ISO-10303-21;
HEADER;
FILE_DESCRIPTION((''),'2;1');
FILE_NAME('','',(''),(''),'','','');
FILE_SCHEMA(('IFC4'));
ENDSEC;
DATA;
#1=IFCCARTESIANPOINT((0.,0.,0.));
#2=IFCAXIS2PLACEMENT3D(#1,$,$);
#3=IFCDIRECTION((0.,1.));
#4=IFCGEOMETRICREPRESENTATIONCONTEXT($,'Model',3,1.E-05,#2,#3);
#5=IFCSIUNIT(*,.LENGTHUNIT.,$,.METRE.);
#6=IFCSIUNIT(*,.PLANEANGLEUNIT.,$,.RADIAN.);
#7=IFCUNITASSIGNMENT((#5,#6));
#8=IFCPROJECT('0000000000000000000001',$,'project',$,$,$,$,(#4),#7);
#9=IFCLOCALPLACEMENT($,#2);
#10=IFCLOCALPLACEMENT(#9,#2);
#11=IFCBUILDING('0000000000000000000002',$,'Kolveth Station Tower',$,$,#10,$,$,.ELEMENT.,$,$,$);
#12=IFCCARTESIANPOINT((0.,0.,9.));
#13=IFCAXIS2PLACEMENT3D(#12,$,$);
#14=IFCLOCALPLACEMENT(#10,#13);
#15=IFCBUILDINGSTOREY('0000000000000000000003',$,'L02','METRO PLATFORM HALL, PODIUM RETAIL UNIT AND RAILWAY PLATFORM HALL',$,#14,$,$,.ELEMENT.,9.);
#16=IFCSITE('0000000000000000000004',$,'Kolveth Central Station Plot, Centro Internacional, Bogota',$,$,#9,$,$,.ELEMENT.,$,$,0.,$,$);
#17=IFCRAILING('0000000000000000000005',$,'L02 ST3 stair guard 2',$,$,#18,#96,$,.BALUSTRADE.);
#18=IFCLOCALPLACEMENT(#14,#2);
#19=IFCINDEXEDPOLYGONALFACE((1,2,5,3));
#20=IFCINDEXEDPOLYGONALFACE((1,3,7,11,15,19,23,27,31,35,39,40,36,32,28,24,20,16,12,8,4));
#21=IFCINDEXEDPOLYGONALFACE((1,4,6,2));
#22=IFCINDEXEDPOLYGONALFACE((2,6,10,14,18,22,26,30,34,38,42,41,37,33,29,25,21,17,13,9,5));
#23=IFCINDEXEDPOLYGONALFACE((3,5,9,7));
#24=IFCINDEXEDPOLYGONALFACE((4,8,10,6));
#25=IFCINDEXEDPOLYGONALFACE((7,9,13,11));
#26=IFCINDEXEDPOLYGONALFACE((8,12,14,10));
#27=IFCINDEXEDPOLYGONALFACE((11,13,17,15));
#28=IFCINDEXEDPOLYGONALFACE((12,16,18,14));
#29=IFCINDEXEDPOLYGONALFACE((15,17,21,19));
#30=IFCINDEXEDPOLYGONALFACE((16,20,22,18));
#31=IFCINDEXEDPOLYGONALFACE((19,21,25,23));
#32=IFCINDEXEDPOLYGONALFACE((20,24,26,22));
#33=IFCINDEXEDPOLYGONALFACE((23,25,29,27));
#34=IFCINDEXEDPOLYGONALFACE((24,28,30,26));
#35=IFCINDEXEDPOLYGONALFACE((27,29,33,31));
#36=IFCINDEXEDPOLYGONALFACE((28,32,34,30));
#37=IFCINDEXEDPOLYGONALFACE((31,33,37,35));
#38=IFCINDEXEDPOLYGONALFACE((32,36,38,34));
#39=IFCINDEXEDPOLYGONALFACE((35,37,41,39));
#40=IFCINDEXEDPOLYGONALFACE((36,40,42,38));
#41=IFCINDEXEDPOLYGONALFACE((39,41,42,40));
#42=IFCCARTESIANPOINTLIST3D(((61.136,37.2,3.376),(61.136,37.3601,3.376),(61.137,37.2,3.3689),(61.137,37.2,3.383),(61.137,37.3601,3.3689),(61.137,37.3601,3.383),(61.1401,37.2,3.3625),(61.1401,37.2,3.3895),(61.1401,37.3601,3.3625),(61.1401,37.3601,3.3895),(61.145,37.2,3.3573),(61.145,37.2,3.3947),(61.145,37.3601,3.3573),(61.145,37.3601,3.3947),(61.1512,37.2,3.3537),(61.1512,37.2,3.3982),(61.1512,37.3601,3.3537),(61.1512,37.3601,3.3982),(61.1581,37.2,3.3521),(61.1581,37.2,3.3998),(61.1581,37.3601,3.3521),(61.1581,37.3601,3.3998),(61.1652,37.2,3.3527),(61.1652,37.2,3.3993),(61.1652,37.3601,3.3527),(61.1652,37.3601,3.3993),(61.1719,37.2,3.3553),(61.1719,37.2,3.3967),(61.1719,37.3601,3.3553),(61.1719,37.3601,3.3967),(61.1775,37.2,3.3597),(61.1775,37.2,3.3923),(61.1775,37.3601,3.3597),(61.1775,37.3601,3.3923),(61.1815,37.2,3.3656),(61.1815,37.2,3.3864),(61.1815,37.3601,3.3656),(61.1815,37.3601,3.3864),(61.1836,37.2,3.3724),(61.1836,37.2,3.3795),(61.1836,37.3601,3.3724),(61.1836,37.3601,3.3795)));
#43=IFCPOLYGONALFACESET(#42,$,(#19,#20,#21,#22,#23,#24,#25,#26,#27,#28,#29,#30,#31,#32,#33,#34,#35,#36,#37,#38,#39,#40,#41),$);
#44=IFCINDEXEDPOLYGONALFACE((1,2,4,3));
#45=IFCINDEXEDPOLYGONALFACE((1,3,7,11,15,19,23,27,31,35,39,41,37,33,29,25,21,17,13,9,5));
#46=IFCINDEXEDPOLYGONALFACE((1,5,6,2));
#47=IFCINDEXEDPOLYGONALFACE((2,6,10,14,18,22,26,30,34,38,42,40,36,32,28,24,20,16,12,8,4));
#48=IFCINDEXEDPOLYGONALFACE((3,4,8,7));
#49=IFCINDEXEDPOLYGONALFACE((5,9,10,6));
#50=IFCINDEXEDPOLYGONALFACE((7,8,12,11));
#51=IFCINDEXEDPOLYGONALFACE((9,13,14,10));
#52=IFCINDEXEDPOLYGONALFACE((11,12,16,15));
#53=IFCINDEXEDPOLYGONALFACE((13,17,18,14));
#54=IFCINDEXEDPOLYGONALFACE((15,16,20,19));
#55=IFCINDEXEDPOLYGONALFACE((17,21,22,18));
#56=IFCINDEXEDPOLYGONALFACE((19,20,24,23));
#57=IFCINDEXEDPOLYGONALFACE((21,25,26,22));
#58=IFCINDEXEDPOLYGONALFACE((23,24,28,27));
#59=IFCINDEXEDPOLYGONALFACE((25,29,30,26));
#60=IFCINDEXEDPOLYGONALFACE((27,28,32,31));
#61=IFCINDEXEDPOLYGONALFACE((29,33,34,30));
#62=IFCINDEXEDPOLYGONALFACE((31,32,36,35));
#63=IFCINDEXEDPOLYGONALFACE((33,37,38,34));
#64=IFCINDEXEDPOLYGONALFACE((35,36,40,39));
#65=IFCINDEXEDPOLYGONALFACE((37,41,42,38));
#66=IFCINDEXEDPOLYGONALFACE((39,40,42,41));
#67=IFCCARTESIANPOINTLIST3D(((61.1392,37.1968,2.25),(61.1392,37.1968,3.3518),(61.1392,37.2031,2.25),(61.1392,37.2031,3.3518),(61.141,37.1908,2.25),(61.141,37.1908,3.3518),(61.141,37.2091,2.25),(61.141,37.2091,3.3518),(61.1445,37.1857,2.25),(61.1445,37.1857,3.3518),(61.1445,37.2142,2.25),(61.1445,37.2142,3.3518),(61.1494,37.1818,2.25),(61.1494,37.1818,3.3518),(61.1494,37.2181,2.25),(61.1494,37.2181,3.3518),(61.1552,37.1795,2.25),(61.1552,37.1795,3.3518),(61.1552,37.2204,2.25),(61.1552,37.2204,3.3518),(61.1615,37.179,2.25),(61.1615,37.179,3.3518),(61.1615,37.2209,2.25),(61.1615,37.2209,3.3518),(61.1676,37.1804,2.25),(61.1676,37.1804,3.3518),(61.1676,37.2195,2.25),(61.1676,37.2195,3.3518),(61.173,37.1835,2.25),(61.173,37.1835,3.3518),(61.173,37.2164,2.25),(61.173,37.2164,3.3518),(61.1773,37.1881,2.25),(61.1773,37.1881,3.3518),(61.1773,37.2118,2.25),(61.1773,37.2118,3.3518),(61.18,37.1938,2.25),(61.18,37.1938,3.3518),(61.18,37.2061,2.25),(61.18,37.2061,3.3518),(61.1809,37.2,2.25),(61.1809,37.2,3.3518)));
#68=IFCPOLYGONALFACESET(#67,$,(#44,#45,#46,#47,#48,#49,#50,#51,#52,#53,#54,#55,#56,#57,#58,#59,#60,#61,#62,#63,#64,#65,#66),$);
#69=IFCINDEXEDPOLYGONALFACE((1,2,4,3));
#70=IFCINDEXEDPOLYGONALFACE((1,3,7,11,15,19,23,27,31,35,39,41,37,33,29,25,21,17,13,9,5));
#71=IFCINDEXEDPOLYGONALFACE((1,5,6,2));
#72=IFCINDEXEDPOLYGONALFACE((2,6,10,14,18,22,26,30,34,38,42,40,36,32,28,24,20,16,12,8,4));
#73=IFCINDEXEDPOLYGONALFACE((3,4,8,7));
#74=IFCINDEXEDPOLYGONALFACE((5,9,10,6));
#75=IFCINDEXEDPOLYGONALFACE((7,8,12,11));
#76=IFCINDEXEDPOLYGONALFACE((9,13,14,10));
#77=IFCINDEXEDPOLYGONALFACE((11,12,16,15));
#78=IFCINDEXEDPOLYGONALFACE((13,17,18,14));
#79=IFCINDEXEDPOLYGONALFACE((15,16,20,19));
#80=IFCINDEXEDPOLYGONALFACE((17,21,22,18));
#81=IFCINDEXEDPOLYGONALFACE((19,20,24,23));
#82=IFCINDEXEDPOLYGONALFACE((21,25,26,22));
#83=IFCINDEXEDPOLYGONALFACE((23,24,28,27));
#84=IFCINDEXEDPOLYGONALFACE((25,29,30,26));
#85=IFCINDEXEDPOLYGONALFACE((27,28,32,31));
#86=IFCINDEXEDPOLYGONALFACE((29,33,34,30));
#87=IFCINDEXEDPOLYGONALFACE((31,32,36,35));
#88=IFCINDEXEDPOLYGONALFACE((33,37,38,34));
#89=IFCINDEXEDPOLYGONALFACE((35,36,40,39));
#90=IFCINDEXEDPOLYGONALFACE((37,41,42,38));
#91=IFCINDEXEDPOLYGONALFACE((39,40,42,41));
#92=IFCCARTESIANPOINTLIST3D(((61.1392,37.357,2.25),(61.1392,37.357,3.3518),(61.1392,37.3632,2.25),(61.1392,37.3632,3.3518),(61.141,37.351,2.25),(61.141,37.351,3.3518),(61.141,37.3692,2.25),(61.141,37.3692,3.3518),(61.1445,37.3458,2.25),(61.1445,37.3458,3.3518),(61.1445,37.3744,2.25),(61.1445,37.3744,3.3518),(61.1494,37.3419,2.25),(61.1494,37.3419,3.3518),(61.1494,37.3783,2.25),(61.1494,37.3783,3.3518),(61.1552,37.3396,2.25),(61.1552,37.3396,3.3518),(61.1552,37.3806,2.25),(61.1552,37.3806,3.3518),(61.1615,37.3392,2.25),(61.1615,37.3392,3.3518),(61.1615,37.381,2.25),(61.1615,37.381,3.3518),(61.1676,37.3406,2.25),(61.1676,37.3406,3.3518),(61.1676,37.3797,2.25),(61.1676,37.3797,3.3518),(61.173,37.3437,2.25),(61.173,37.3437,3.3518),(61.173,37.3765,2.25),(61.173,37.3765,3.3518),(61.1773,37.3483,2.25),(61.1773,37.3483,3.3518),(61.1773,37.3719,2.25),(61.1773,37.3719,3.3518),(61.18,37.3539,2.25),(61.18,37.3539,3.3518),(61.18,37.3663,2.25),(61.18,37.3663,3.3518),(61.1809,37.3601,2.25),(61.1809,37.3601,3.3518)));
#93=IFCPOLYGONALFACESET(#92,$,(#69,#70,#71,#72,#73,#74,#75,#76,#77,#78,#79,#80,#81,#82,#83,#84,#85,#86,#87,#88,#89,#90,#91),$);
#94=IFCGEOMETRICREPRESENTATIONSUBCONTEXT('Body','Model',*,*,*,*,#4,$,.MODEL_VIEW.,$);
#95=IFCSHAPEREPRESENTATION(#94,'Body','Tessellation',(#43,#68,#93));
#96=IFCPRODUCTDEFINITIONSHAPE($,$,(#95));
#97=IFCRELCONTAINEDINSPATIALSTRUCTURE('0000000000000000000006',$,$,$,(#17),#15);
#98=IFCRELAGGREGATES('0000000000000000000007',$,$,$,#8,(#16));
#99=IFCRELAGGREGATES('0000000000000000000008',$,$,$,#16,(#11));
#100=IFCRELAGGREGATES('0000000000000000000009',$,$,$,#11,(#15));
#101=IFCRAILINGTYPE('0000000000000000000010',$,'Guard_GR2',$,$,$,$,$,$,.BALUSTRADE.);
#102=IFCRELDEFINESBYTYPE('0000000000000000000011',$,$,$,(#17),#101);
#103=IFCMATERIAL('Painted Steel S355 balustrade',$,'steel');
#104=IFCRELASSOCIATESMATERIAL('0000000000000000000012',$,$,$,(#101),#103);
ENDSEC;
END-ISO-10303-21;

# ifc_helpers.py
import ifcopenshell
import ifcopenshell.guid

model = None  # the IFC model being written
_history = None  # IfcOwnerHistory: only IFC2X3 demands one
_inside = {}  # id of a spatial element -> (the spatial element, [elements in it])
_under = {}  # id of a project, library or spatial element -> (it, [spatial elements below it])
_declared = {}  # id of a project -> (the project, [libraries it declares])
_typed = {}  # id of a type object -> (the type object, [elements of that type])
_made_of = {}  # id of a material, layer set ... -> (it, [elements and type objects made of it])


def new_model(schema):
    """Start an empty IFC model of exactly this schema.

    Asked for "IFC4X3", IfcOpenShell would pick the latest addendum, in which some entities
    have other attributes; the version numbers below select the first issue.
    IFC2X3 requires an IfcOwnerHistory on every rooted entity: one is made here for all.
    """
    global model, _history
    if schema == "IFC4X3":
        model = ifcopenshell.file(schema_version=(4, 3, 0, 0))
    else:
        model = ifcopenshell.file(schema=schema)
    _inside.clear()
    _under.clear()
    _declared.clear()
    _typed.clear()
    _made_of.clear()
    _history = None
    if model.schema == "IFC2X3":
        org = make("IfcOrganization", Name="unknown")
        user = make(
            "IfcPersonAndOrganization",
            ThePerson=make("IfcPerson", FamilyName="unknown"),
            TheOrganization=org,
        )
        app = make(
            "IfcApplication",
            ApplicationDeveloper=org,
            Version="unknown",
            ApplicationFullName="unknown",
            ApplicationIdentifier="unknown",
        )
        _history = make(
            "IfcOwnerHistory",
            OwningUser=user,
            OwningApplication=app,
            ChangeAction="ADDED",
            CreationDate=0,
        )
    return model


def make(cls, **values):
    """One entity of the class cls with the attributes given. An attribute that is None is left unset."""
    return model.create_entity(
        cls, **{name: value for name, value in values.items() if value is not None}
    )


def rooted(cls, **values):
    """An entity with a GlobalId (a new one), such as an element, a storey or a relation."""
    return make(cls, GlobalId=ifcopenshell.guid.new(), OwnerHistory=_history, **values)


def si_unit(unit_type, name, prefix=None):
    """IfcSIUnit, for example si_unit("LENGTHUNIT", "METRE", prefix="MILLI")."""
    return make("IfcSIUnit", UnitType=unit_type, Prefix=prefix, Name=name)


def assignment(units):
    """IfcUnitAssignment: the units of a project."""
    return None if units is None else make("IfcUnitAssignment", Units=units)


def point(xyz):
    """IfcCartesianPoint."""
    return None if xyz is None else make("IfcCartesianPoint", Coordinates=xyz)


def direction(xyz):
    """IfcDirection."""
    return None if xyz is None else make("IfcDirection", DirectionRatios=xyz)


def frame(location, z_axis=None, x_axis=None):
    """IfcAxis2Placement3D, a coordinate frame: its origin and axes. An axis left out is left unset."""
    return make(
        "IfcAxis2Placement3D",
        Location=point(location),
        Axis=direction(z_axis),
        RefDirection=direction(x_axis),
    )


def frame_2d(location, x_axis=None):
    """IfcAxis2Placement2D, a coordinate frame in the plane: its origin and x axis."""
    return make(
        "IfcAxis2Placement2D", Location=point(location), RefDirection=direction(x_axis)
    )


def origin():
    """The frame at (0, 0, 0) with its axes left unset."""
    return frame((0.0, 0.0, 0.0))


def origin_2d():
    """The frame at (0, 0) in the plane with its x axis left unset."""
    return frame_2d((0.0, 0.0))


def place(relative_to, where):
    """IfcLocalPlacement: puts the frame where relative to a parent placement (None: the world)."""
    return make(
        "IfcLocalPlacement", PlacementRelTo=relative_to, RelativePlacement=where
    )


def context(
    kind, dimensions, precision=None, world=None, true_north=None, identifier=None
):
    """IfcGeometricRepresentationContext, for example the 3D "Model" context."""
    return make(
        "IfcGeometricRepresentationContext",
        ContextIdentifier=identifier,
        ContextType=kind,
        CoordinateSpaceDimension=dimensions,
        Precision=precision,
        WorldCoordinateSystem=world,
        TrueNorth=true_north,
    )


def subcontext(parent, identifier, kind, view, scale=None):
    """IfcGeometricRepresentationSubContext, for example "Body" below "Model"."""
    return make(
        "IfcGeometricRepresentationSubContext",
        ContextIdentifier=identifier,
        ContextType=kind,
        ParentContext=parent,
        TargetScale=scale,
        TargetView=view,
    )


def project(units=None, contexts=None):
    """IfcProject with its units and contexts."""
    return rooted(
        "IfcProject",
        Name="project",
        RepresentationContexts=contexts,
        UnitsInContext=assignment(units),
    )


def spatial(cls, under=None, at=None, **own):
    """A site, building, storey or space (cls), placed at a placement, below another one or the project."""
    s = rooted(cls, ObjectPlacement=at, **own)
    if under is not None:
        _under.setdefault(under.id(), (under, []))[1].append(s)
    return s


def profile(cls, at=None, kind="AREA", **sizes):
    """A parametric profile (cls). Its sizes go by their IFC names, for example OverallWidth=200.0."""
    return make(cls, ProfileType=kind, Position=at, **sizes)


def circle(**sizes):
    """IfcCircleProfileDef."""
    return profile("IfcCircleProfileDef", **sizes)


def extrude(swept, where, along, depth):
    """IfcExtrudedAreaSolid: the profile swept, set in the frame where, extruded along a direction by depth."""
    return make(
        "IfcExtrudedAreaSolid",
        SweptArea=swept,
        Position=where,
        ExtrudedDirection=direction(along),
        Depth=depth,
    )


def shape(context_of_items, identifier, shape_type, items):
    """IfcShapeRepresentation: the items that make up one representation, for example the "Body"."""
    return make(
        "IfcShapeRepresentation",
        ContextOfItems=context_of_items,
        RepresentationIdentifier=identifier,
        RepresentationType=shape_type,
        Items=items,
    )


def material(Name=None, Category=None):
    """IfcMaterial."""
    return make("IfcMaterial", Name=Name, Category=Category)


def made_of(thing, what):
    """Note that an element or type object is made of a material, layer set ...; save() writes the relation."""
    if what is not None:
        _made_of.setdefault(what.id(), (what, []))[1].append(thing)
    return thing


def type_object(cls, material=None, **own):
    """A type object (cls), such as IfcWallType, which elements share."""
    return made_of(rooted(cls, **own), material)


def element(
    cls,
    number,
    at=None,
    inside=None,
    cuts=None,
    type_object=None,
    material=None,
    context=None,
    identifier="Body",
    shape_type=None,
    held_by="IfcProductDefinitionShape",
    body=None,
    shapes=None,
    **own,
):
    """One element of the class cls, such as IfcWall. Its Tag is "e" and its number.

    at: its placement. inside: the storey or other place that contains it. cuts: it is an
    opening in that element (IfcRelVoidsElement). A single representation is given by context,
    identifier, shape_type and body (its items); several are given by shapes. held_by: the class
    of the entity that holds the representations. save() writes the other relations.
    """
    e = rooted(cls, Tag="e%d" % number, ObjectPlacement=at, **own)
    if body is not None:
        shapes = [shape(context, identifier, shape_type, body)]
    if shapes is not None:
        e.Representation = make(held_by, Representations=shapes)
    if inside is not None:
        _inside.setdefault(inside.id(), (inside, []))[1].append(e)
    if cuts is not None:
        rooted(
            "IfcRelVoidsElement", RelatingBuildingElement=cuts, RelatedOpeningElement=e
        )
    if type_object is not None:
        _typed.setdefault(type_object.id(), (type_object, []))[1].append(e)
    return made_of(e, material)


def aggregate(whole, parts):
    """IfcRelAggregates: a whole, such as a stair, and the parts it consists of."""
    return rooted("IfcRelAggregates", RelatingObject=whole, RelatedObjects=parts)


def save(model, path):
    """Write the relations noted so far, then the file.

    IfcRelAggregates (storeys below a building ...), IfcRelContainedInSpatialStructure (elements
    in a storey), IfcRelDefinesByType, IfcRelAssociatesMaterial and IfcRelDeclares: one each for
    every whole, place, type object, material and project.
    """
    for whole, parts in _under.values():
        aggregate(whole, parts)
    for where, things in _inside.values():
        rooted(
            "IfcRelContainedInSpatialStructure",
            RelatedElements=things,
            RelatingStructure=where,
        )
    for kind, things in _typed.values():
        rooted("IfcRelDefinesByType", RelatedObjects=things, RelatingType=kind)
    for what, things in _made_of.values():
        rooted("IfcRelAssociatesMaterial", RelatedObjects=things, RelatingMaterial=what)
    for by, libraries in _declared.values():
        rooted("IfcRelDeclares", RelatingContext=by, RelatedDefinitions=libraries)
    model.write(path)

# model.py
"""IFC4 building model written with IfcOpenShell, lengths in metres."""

from ifc_helpers import new_model, si_unit, direction, frame, origin, origin_2d, place, context, subcontext, project, spatial, circle, extrude, material, type_object, element, save


model = new_model("IFC4")

# Units and contexts
model_context = context("Model", 3, precision=1e-05, world=origin(), true_north=direction((0.0, 1.0)))
body_context = subcontext(model_context, "Body", "Model", "MODEL_VIEW")
ifc_project = project(units=[si_unit("LENGTHUNIT", "METRE"), si_unit("PLANEANGLEUNIT", "RADIAN")], contexts=[model_context])

# Site, building, storey
site_placement = place(None, origin())
site = spatial("IfcSite", under=ifc_project, at=site_placement, Name="Kolveth Central Station Plot, Centro Internacional, Bogota", CompositionType="ELEMENT", RefElevation=0.0)
building_placement = place(site_placement, origin())
building = spatial("IfcBuilding", under=site, at=building_placement, Name="Kolveth Station Tower", CompositionType="ELEMENT")
storey_placement = place(building_placement, frame((0.0, 0.0, 9.0)))
storey = spatial("IfcBuildingStorey", under=building, at=storey_placement, Name="L02", Description="METRO PLATFORM HALL, PODIUM RETAIL UNIT AND RAILWAY PLATFORM HALL", CompositionType="ELEMENT", Elevation=9.0)

# Railing
ifc_material_1 = material(Name="Painted Steel S355 balustrade", Category="steel")
railing_type_1 = type_object("IfcRailingType", Name="Guard_GR2", PredefinedType="BALUSTRADE", material=ifc_material_1)
railing_1_placement = place(storey_placement, frame((61.1599, 37.2, 2.25)))
element("IfcRailing", 1, at=railing_1_placement, inside=storey, type_object=railing_type_1, Name="L02 ST3 stair guard 2", PredefinedType="BALUSTRADE", context=body_context, shape_type="SweptSolid", body=[
    extrude(circle(Radius=0.0239, at=origin_2d()), frame((0.0, 0.0, 1.126), z_axis=(0.0, 1.0, 0.0), x_axis=(-1.0, 0.0, 0.0)), (0.0, 0.0, 1.0), 0.1602),
    extrude(circle(Radius=0.021, at=origin_2d()), origin(), (0.0, 0.0, 1.0), 1.1018),
    extrude(circle(Radius=0.021, at=origin_2d()), frame((0.0, 0.1602, 0.0)), (0.0, 0.0, 1.0), 1.1018),
])

save(model, "model.ifc")
